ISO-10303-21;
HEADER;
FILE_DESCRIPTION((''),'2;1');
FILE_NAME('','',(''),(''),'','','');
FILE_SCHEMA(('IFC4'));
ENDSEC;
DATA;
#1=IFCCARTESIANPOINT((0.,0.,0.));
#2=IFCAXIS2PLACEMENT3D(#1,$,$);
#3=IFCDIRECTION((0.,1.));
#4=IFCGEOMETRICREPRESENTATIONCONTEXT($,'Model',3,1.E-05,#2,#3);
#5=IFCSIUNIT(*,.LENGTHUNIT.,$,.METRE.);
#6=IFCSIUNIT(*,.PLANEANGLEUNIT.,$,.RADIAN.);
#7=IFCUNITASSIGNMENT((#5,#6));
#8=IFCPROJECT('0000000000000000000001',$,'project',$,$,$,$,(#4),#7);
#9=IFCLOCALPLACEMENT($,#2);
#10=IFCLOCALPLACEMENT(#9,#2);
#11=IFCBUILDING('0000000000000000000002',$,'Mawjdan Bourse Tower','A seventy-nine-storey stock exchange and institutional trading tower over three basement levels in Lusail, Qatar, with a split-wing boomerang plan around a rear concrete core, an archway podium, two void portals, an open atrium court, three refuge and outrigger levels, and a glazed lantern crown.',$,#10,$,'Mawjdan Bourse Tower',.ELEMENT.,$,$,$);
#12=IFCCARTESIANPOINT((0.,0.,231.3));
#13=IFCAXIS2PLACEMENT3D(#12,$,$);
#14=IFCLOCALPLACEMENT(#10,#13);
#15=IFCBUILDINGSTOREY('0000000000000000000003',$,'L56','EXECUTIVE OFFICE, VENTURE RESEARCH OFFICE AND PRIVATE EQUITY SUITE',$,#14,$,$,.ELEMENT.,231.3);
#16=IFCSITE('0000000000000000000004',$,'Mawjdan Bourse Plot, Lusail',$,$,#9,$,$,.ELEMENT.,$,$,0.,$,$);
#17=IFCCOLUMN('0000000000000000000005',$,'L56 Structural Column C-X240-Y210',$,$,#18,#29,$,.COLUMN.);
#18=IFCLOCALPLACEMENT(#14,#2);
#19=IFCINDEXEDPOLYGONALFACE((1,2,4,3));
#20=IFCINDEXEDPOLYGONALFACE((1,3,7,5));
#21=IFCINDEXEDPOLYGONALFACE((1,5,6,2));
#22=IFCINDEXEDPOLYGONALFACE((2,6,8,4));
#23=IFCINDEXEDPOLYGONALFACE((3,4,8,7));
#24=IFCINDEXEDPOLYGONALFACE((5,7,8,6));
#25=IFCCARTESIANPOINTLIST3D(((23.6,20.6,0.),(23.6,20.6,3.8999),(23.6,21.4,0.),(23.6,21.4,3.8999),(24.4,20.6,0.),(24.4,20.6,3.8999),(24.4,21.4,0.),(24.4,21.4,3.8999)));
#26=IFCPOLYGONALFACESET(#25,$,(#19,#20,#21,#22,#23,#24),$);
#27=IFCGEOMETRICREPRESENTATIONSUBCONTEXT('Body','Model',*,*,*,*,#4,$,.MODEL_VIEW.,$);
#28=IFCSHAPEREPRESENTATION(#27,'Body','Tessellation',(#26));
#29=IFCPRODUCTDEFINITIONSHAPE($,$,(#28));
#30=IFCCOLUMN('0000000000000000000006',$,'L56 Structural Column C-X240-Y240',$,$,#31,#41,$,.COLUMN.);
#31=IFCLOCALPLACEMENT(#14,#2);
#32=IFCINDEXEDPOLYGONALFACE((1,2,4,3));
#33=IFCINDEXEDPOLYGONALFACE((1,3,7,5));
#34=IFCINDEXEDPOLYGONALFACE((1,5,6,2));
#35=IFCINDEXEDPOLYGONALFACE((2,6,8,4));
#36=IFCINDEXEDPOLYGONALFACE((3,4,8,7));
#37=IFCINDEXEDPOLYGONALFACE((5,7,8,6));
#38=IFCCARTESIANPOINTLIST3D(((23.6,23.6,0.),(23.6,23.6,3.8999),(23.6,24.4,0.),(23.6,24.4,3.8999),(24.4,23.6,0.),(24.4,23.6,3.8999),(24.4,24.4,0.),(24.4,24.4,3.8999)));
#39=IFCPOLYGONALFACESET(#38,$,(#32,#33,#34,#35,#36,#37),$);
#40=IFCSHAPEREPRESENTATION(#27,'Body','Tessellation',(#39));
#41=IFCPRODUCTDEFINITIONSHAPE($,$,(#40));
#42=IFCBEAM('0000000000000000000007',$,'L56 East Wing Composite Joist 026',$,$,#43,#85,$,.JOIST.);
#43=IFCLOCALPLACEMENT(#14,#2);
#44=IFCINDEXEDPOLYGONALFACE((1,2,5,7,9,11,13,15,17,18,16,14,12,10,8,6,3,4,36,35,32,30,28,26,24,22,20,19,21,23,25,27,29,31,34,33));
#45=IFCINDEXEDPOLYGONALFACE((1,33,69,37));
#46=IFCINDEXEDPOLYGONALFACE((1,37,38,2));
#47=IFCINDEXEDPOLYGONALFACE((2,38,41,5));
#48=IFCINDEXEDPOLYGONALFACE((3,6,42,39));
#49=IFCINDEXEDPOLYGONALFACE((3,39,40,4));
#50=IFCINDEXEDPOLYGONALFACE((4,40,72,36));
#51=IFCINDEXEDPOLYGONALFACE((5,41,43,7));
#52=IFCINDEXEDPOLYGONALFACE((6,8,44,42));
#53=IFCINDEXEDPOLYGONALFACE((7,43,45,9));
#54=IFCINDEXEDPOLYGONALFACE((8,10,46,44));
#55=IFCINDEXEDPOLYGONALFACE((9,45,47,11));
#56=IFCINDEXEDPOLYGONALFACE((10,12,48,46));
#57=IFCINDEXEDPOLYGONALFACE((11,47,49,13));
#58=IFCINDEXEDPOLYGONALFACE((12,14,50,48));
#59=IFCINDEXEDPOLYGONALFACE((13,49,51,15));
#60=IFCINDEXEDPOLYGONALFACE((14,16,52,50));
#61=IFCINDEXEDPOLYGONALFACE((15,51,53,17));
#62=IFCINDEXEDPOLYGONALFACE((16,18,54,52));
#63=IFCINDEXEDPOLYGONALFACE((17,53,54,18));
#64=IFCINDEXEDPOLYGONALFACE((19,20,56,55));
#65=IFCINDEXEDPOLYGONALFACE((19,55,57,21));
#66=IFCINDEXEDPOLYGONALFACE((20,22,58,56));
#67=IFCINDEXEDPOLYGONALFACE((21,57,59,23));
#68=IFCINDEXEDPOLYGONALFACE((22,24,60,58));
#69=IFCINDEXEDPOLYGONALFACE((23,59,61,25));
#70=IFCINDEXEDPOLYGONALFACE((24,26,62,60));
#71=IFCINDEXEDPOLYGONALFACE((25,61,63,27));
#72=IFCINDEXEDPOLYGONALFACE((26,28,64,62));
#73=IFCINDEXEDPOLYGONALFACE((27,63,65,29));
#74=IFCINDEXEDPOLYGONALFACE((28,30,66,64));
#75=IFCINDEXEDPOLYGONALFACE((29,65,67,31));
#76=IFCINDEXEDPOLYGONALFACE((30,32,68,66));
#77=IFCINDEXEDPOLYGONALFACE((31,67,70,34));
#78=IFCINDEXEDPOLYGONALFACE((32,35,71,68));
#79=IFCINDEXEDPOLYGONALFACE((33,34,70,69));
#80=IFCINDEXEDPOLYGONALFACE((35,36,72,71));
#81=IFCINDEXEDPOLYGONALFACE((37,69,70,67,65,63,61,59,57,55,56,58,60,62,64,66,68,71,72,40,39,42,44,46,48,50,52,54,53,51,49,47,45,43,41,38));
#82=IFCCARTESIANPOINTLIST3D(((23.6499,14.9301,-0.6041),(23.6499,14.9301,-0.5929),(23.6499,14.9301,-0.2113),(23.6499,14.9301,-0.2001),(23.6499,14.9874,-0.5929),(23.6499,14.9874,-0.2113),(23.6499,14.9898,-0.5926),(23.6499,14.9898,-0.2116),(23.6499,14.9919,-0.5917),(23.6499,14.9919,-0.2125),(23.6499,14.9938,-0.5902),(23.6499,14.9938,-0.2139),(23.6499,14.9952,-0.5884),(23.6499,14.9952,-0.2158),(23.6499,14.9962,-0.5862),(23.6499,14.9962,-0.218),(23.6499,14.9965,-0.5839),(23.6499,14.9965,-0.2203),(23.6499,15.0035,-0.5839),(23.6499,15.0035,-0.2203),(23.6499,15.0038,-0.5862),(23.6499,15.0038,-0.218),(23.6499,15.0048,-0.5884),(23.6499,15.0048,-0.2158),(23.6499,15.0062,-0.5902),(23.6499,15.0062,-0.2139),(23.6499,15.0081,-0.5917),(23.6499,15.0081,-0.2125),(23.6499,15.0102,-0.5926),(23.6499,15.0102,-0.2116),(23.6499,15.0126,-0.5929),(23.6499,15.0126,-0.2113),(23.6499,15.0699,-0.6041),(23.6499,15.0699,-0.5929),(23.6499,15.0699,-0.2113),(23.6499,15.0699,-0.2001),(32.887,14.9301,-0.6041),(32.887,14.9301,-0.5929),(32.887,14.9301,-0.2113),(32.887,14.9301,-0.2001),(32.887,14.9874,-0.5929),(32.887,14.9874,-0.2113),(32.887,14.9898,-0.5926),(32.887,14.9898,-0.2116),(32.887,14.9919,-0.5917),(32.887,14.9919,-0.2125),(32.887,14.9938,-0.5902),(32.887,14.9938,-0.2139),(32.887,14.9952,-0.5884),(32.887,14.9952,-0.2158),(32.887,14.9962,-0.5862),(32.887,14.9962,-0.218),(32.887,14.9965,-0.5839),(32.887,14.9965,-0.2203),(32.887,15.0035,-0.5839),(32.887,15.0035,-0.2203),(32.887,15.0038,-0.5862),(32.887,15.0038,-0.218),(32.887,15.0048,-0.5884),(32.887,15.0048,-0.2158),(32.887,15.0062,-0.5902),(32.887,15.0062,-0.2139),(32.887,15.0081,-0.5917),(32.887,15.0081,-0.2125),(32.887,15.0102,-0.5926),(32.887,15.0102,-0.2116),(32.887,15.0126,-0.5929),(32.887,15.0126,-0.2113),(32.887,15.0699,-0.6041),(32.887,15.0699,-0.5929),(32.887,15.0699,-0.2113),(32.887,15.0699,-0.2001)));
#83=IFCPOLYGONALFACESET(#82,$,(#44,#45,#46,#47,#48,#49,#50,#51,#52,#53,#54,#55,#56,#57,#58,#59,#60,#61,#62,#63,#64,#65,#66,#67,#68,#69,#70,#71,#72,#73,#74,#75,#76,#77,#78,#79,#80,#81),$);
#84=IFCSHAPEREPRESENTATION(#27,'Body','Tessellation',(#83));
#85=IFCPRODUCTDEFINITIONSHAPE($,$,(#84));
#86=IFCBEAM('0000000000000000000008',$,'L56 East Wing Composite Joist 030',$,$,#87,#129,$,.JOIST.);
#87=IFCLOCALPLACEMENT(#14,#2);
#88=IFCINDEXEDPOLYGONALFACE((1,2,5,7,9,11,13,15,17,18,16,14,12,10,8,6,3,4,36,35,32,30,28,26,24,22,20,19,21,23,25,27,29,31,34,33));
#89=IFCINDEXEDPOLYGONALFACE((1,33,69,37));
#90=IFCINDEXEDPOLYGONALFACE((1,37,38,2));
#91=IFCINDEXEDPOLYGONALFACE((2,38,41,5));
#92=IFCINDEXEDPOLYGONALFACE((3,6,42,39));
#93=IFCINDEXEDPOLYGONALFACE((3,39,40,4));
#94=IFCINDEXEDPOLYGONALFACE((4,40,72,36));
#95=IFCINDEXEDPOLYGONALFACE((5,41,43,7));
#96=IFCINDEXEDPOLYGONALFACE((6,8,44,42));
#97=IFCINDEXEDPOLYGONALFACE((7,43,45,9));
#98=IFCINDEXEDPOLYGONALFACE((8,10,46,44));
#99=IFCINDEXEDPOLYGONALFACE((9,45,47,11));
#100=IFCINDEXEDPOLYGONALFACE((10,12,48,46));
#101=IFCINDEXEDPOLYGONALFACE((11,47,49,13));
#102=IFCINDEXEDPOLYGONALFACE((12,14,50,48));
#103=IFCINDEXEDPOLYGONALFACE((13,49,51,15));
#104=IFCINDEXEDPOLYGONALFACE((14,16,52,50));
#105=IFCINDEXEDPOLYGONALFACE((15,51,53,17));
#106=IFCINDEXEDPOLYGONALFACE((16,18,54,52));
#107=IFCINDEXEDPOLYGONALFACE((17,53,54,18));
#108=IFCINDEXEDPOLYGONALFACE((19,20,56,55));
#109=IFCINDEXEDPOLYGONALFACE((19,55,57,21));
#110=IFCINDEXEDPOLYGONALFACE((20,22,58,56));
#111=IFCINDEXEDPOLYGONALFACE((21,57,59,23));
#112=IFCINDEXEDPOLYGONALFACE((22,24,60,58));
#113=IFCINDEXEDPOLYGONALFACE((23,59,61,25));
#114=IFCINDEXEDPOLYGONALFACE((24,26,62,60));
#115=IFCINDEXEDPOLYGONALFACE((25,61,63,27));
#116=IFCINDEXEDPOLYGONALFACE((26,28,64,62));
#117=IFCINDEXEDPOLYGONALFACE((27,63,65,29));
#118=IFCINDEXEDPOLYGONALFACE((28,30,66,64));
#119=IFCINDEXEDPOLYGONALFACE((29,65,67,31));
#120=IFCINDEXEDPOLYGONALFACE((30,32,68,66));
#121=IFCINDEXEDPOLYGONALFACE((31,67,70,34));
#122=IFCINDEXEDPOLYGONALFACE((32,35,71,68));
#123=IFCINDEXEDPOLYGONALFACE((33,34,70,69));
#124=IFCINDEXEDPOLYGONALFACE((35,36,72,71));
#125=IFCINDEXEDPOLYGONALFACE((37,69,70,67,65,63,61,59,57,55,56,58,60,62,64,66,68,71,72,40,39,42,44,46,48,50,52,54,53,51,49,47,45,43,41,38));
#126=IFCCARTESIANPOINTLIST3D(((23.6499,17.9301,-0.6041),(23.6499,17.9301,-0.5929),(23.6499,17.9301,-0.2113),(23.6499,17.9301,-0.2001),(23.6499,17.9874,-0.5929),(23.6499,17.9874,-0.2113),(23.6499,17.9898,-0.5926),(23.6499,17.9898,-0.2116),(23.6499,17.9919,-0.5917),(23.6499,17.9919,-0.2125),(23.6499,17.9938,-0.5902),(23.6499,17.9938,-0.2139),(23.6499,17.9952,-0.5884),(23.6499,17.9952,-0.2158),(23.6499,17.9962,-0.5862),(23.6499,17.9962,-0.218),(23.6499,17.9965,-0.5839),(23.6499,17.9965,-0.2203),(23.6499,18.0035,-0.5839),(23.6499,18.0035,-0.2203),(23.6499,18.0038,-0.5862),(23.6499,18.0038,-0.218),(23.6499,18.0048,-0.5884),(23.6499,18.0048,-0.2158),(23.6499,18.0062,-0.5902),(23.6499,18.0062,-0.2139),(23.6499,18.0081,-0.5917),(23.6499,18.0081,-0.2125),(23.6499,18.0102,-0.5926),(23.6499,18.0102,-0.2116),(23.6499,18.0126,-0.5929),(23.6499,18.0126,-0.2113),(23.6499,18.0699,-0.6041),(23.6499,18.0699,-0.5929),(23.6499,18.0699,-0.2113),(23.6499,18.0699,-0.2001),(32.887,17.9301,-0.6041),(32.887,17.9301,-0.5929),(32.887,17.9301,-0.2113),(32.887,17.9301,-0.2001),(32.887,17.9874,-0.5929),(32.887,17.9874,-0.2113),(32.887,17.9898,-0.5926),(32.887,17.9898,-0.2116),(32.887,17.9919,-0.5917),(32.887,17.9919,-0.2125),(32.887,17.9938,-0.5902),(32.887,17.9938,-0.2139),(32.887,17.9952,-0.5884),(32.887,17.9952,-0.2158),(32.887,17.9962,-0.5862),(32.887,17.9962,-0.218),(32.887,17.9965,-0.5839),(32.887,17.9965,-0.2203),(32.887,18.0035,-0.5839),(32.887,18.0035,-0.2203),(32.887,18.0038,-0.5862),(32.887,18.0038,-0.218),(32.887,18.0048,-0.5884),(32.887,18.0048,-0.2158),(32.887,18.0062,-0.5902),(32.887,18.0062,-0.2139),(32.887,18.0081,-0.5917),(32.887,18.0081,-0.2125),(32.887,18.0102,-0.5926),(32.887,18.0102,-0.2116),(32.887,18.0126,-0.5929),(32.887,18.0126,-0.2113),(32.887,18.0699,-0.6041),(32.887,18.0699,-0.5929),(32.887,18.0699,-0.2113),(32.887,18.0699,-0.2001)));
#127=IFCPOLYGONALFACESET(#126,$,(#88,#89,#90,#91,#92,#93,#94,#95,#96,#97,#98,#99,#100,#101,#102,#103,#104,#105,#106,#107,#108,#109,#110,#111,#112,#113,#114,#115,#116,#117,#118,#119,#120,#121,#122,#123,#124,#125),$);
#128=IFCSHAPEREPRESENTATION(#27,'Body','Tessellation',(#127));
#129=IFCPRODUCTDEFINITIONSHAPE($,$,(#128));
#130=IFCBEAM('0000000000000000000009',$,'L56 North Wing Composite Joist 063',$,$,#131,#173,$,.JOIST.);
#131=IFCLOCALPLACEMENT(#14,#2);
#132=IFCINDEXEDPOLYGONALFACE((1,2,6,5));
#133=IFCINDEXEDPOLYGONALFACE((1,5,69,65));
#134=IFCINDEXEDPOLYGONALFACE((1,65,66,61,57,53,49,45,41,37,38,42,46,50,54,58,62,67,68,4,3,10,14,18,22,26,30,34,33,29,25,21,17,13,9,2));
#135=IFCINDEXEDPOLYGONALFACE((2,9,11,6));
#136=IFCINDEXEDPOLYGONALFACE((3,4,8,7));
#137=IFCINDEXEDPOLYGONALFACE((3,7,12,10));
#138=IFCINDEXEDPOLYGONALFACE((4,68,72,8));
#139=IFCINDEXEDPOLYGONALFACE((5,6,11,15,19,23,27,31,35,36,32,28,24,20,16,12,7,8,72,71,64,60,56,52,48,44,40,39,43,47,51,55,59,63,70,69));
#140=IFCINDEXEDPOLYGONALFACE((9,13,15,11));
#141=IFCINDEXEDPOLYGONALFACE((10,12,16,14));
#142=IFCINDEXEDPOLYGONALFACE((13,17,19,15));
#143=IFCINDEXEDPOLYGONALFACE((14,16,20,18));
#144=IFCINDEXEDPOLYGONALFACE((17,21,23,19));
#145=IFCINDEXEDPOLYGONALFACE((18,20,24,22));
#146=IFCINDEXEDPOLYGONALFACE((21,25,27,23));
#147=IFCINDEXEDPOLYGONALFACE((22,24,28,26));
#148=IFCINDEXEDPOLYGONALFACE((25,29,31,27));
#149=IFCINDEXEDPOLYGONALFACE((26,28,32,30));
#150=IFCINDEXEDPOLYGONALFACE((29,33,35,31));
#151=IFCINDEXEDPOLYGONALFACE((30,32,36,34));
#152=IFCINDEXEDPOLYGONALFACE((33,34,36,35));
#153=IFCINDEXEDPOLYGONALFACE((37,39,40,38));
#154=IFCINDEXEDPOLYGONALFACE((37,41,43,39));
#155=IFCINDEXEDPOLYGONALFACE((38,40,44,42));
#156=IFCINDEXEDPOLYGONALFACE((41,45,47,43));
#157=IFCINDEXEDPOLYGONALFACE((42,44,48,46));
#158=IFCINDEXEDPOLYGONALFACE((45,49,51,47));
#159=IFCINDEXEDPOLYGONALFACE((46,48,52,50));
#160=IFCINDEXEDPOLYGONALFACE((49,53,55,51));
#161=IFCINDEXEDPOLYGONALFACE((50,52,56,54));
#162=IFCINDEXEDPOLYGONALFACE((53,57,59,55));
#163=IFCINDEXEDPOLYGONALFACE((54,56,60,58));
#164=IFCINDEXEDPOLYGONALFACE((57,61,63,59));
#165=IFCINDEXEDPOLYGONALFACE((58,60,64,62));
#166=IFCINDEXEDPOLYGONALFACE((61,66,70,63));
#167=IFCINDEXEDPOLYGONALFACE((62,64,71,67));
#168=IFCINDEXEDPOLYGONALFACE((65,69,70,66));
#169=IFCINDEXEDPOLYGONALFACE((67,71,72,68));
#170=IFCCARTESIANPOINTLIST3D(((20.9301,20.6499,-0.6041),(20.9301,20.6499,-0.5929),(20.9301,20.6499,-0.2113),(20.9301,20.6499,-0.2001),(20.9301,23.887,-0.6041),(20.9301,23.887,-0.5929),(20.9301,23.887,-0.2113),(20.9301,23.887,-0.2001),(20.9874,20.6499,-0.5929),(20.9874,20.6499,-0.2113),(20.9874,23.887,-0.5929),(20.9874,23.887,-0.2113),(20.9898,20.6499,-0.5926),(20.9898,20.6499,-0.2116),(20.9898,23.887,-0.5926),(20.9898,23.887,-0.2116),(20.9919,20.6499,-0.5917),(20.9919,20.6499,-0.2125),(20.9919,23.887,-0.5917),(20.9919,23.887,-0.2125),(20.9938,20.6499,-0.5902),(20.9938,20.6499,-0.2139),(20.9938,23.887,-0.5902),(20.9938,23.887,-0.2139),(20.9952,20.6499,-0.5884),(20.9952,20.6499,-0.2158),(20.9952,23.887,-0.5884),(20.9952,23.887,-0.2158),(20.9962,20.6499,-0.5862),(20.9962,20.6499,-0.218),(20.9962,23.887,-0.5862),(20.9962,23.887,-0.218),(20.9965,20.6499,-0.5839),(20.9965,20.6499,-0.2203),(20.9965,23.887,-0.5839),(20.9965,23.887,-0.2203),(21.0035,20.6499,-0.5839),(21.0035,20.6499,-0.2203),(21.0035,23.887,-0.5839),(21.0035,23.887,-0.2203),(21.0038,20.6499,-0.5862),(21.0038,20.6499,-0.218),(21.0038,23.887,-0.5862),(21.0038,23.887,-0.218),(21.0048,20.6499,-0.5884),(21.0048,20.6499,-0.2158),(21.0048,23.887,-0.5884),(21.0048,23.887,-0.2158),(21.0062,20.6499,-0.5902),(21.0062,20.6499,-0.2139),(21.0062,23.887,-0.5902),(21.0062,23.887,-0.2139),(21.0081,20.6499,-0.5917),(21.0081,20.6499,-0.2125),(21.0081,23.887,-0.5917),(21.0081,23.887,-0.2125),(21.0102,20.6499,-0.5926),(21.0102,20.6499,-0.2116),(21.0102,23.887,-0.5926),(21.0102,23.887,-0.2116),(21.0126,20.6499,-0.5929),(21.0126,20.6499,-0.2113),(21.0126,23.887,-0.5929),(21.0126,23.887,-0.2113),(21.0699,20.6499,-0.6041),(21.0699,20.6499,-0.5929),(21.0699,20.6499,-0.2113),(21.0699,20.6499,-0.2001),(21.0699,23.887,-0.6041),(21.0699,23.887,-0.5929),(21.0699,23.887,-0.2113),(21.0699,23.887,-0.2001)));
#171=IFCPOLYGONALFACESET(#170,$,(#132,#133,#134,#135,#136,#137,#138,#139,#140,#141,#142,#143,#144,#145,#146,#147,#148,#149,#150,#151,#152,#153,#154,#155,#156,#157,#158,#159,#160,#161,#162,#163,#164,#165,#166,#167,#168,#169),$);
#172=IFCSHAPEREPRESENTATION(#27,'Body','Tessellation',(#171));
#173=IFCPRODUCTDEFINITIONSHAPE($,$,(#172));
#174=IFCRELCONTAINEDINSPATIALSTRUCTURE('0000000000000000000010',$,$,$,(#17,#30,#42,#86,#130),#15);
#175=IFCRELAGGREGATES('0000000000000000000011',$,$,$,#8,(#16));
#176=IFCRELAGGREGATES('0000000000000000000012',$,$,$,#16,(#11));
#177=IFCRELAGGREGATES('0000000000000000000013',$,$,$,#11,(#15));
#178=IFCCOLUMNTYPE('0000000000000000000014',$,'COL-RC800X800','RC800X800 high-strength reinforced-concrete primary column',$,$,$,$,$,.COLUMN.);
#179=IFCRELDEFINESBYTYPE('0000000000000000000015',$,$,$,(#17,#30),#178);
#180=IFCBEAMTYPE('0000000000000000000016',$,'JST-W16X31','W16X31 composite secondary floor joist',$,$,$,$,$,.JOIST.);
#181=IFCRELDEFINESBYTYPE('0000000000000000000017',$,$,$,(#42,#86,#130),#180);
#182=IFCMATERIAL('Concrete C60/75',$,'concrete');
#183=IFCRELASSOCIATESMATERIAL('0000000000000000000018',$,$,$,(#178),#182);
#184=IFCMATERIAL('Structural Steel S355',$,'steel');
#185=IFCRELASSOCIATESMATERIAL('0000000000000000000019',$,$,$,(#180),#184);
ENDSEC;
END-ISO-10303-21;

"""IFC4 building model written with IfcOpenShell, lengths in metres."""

from ifc_helpers import new_model, si_unit, direction, frame, origin, origin_2d, place, context, subcontext, project, spatial, rectangle, i_section, extrude, material, material_profile, profile_set, type_object, element, save


model = new_model("IFC4")

# Units and contexts
model_context = context("Model", 3, precision=1e-05, world=origin(), true_north=direction((0.0, 1.0)))
body_context = subcontext(model_context, "Body", "Model", "MODEL_VIEW")
ifc_project = project(units=[si_unit("LENGTHUNIT", "METRE"), si_unit("PLANEANGLEUNIT", "RADIAN")], contexts=[model_context])

# Site, building, storey
site_placement = place(None, origin())
site = spatial("IfcSite", under=ifc_project, at=site_placement, Name="Mawjdan Bourse Plot, Lusail", CompositionType="ELEMENT", RefElevation=0.0)
building_placement = place(site_placement, origin())
building = spatial("IfcBuilding", under=site, at=building_placement, Name="Mawjdan Bourse Tower", Description="A seventy-nine-storey stock exchange and institutional trading tower over three basement levels in Lusail, Qatar, with a split-wing boomerang plan around a rear concrete core, an archway podium, two void portals, an open atrium court, three refuge and outrigger levels, and a glazed lantern crown.", LongName="Mawjdan Bourse Tower", CompositionType="ELEMENT")
storey_placement = place(building_placement, frame((0.0, 0.0, 231.3)))
storey = spatial("IfcBuildingStorey", under=building, at=storey_placement, Name="L56", Description="EXECUTIVE OFFICE, VENTURE RESEARCH OFFICE AND PRIVATE EQUITY SUITE", CompositionType="ELEMENT", Elevation=231.3)

# Columns
ifc_material_1 = material(Name="Concrete C60/75", Category="concrete")
ifc_material_profile_1 = material_profile(ifc_material_1, rectangle(XDim=0.8, YDim=0.8, at=origin_2d()), Name="RC800X800")
ifc_profile_set_1 = profile_set([ifc_material_profile_1], Name="Concrete C60/75")
column_type = type_object("IfcColumnType", Name="COL-RC800X800", Description="RC800X800 high-strength reinforced-concrete primary column", PredefinedType="COLUMN", material=ifc_profile_set_1)
for number, where, z_axis, x_axis, name in (
    (1, (24.0, 21.0, 0.0), (0.0, 0.0, 1.0), (1.0, 0.0, 0.0), "L56 Structural Column C-X240-Y210"),
    (2, (24.0, 24.0, 0.0), (0.0, 0.0, 1.0), (1.0, 0.0, 0.0), "L56 Structural Column C-X240-Y240"),
):
    element("IfcColumn", number, at=place(storey_placement, frame(where, z_axis=z_axis, x_axis=x_axis)), inside=storey, type_object=column_type, Name=name, PredefinedType="COLUMN", context=body_context, shape_type="SweptSolid", body=[
        extrude(rectangle(XDim=0.8, YDim=0.8, at=origin_2d()), origin(), (0.0, 0.0, 1.0), 3.8999),
    ])

# Beams
ifc_material_2 = material(Name="Structural Steel S355", Category="steel")
ifc_material_profile_2 = material_profile(ifc_material_2, i_section(OverallWidth=0.1399, OverallDepth=0.4041, WebThickness=0.0071, FlangeThickness=0.0112, FilletRadius=0.009, at=origin_2d()), Name="W16X31")
ifc_profile_set_2 = profile_set([ifc_material_profile_2], Name="Structural Steel S355")
beam_type_1 = type_object("IfcBeamType", Name="JST-W16X31", Description="W16X31 composite secondary floor joist", PredefinedType="JOIST", material=ifc_profile_set_2)
for number, where, z_axis, x_axis, name in (
    (3, (23.6499, 15.0, -0.4021), (1.0, 0.0, 0.0), (0.0, 1.0, 0.0), "L56 East Wing Composite Joist 026"),
    (4, (23.6499, 18.0, -0.4021), (1.0, 0.0, 0.0), (0.0, 1.0, 0.0), "L56 East Wing Composite Joist 030"),
):
    element("IfcBeam", number, at=place(storey_placement, frame(where, z_axis=z_axis, x_axis=x_axis)), inside=storey, type_object=beam_type_1, Name=name, PredefinedType="JOIST", context=body_context, shape_type="SweptSolid", body=[
        extrude(i_section(OverallWidth=0.1399, OverallDepth=0.4041, WebThickness=0.0071, FlangeThickness=0.0112, FilletRadius=0.009, at=origin_2d()), origin(), (0.0, 0.0, 1.0), 9.2371),
    ])
beam_1_placement = place(storey_placement, frame((21.0, 20.6499, -0.4021), z_axis=(0.0, 1.0, 0.0), x_axis=(-1.0, 0.0, 0.0)))
element("IfcBeam", 5, at=beam_1_placement, inside=storey, type_object=beam_type_1, Name="L56 North Wing Composite Joist 063", PredefinedType="JOIST", context=body_context, shape_type="SweptSolid", body=[
    extrude(i_section(OverallWidth=0.1399, OverallDepth=0.4041, WebThickness=0.0071, FlangeThickness=0.0112, FilletRadius=0.009, at=origin_2d()), origin(), (0.0, 0.0, 1.0), 3.2371),
])

save(model, "model.ifc")
